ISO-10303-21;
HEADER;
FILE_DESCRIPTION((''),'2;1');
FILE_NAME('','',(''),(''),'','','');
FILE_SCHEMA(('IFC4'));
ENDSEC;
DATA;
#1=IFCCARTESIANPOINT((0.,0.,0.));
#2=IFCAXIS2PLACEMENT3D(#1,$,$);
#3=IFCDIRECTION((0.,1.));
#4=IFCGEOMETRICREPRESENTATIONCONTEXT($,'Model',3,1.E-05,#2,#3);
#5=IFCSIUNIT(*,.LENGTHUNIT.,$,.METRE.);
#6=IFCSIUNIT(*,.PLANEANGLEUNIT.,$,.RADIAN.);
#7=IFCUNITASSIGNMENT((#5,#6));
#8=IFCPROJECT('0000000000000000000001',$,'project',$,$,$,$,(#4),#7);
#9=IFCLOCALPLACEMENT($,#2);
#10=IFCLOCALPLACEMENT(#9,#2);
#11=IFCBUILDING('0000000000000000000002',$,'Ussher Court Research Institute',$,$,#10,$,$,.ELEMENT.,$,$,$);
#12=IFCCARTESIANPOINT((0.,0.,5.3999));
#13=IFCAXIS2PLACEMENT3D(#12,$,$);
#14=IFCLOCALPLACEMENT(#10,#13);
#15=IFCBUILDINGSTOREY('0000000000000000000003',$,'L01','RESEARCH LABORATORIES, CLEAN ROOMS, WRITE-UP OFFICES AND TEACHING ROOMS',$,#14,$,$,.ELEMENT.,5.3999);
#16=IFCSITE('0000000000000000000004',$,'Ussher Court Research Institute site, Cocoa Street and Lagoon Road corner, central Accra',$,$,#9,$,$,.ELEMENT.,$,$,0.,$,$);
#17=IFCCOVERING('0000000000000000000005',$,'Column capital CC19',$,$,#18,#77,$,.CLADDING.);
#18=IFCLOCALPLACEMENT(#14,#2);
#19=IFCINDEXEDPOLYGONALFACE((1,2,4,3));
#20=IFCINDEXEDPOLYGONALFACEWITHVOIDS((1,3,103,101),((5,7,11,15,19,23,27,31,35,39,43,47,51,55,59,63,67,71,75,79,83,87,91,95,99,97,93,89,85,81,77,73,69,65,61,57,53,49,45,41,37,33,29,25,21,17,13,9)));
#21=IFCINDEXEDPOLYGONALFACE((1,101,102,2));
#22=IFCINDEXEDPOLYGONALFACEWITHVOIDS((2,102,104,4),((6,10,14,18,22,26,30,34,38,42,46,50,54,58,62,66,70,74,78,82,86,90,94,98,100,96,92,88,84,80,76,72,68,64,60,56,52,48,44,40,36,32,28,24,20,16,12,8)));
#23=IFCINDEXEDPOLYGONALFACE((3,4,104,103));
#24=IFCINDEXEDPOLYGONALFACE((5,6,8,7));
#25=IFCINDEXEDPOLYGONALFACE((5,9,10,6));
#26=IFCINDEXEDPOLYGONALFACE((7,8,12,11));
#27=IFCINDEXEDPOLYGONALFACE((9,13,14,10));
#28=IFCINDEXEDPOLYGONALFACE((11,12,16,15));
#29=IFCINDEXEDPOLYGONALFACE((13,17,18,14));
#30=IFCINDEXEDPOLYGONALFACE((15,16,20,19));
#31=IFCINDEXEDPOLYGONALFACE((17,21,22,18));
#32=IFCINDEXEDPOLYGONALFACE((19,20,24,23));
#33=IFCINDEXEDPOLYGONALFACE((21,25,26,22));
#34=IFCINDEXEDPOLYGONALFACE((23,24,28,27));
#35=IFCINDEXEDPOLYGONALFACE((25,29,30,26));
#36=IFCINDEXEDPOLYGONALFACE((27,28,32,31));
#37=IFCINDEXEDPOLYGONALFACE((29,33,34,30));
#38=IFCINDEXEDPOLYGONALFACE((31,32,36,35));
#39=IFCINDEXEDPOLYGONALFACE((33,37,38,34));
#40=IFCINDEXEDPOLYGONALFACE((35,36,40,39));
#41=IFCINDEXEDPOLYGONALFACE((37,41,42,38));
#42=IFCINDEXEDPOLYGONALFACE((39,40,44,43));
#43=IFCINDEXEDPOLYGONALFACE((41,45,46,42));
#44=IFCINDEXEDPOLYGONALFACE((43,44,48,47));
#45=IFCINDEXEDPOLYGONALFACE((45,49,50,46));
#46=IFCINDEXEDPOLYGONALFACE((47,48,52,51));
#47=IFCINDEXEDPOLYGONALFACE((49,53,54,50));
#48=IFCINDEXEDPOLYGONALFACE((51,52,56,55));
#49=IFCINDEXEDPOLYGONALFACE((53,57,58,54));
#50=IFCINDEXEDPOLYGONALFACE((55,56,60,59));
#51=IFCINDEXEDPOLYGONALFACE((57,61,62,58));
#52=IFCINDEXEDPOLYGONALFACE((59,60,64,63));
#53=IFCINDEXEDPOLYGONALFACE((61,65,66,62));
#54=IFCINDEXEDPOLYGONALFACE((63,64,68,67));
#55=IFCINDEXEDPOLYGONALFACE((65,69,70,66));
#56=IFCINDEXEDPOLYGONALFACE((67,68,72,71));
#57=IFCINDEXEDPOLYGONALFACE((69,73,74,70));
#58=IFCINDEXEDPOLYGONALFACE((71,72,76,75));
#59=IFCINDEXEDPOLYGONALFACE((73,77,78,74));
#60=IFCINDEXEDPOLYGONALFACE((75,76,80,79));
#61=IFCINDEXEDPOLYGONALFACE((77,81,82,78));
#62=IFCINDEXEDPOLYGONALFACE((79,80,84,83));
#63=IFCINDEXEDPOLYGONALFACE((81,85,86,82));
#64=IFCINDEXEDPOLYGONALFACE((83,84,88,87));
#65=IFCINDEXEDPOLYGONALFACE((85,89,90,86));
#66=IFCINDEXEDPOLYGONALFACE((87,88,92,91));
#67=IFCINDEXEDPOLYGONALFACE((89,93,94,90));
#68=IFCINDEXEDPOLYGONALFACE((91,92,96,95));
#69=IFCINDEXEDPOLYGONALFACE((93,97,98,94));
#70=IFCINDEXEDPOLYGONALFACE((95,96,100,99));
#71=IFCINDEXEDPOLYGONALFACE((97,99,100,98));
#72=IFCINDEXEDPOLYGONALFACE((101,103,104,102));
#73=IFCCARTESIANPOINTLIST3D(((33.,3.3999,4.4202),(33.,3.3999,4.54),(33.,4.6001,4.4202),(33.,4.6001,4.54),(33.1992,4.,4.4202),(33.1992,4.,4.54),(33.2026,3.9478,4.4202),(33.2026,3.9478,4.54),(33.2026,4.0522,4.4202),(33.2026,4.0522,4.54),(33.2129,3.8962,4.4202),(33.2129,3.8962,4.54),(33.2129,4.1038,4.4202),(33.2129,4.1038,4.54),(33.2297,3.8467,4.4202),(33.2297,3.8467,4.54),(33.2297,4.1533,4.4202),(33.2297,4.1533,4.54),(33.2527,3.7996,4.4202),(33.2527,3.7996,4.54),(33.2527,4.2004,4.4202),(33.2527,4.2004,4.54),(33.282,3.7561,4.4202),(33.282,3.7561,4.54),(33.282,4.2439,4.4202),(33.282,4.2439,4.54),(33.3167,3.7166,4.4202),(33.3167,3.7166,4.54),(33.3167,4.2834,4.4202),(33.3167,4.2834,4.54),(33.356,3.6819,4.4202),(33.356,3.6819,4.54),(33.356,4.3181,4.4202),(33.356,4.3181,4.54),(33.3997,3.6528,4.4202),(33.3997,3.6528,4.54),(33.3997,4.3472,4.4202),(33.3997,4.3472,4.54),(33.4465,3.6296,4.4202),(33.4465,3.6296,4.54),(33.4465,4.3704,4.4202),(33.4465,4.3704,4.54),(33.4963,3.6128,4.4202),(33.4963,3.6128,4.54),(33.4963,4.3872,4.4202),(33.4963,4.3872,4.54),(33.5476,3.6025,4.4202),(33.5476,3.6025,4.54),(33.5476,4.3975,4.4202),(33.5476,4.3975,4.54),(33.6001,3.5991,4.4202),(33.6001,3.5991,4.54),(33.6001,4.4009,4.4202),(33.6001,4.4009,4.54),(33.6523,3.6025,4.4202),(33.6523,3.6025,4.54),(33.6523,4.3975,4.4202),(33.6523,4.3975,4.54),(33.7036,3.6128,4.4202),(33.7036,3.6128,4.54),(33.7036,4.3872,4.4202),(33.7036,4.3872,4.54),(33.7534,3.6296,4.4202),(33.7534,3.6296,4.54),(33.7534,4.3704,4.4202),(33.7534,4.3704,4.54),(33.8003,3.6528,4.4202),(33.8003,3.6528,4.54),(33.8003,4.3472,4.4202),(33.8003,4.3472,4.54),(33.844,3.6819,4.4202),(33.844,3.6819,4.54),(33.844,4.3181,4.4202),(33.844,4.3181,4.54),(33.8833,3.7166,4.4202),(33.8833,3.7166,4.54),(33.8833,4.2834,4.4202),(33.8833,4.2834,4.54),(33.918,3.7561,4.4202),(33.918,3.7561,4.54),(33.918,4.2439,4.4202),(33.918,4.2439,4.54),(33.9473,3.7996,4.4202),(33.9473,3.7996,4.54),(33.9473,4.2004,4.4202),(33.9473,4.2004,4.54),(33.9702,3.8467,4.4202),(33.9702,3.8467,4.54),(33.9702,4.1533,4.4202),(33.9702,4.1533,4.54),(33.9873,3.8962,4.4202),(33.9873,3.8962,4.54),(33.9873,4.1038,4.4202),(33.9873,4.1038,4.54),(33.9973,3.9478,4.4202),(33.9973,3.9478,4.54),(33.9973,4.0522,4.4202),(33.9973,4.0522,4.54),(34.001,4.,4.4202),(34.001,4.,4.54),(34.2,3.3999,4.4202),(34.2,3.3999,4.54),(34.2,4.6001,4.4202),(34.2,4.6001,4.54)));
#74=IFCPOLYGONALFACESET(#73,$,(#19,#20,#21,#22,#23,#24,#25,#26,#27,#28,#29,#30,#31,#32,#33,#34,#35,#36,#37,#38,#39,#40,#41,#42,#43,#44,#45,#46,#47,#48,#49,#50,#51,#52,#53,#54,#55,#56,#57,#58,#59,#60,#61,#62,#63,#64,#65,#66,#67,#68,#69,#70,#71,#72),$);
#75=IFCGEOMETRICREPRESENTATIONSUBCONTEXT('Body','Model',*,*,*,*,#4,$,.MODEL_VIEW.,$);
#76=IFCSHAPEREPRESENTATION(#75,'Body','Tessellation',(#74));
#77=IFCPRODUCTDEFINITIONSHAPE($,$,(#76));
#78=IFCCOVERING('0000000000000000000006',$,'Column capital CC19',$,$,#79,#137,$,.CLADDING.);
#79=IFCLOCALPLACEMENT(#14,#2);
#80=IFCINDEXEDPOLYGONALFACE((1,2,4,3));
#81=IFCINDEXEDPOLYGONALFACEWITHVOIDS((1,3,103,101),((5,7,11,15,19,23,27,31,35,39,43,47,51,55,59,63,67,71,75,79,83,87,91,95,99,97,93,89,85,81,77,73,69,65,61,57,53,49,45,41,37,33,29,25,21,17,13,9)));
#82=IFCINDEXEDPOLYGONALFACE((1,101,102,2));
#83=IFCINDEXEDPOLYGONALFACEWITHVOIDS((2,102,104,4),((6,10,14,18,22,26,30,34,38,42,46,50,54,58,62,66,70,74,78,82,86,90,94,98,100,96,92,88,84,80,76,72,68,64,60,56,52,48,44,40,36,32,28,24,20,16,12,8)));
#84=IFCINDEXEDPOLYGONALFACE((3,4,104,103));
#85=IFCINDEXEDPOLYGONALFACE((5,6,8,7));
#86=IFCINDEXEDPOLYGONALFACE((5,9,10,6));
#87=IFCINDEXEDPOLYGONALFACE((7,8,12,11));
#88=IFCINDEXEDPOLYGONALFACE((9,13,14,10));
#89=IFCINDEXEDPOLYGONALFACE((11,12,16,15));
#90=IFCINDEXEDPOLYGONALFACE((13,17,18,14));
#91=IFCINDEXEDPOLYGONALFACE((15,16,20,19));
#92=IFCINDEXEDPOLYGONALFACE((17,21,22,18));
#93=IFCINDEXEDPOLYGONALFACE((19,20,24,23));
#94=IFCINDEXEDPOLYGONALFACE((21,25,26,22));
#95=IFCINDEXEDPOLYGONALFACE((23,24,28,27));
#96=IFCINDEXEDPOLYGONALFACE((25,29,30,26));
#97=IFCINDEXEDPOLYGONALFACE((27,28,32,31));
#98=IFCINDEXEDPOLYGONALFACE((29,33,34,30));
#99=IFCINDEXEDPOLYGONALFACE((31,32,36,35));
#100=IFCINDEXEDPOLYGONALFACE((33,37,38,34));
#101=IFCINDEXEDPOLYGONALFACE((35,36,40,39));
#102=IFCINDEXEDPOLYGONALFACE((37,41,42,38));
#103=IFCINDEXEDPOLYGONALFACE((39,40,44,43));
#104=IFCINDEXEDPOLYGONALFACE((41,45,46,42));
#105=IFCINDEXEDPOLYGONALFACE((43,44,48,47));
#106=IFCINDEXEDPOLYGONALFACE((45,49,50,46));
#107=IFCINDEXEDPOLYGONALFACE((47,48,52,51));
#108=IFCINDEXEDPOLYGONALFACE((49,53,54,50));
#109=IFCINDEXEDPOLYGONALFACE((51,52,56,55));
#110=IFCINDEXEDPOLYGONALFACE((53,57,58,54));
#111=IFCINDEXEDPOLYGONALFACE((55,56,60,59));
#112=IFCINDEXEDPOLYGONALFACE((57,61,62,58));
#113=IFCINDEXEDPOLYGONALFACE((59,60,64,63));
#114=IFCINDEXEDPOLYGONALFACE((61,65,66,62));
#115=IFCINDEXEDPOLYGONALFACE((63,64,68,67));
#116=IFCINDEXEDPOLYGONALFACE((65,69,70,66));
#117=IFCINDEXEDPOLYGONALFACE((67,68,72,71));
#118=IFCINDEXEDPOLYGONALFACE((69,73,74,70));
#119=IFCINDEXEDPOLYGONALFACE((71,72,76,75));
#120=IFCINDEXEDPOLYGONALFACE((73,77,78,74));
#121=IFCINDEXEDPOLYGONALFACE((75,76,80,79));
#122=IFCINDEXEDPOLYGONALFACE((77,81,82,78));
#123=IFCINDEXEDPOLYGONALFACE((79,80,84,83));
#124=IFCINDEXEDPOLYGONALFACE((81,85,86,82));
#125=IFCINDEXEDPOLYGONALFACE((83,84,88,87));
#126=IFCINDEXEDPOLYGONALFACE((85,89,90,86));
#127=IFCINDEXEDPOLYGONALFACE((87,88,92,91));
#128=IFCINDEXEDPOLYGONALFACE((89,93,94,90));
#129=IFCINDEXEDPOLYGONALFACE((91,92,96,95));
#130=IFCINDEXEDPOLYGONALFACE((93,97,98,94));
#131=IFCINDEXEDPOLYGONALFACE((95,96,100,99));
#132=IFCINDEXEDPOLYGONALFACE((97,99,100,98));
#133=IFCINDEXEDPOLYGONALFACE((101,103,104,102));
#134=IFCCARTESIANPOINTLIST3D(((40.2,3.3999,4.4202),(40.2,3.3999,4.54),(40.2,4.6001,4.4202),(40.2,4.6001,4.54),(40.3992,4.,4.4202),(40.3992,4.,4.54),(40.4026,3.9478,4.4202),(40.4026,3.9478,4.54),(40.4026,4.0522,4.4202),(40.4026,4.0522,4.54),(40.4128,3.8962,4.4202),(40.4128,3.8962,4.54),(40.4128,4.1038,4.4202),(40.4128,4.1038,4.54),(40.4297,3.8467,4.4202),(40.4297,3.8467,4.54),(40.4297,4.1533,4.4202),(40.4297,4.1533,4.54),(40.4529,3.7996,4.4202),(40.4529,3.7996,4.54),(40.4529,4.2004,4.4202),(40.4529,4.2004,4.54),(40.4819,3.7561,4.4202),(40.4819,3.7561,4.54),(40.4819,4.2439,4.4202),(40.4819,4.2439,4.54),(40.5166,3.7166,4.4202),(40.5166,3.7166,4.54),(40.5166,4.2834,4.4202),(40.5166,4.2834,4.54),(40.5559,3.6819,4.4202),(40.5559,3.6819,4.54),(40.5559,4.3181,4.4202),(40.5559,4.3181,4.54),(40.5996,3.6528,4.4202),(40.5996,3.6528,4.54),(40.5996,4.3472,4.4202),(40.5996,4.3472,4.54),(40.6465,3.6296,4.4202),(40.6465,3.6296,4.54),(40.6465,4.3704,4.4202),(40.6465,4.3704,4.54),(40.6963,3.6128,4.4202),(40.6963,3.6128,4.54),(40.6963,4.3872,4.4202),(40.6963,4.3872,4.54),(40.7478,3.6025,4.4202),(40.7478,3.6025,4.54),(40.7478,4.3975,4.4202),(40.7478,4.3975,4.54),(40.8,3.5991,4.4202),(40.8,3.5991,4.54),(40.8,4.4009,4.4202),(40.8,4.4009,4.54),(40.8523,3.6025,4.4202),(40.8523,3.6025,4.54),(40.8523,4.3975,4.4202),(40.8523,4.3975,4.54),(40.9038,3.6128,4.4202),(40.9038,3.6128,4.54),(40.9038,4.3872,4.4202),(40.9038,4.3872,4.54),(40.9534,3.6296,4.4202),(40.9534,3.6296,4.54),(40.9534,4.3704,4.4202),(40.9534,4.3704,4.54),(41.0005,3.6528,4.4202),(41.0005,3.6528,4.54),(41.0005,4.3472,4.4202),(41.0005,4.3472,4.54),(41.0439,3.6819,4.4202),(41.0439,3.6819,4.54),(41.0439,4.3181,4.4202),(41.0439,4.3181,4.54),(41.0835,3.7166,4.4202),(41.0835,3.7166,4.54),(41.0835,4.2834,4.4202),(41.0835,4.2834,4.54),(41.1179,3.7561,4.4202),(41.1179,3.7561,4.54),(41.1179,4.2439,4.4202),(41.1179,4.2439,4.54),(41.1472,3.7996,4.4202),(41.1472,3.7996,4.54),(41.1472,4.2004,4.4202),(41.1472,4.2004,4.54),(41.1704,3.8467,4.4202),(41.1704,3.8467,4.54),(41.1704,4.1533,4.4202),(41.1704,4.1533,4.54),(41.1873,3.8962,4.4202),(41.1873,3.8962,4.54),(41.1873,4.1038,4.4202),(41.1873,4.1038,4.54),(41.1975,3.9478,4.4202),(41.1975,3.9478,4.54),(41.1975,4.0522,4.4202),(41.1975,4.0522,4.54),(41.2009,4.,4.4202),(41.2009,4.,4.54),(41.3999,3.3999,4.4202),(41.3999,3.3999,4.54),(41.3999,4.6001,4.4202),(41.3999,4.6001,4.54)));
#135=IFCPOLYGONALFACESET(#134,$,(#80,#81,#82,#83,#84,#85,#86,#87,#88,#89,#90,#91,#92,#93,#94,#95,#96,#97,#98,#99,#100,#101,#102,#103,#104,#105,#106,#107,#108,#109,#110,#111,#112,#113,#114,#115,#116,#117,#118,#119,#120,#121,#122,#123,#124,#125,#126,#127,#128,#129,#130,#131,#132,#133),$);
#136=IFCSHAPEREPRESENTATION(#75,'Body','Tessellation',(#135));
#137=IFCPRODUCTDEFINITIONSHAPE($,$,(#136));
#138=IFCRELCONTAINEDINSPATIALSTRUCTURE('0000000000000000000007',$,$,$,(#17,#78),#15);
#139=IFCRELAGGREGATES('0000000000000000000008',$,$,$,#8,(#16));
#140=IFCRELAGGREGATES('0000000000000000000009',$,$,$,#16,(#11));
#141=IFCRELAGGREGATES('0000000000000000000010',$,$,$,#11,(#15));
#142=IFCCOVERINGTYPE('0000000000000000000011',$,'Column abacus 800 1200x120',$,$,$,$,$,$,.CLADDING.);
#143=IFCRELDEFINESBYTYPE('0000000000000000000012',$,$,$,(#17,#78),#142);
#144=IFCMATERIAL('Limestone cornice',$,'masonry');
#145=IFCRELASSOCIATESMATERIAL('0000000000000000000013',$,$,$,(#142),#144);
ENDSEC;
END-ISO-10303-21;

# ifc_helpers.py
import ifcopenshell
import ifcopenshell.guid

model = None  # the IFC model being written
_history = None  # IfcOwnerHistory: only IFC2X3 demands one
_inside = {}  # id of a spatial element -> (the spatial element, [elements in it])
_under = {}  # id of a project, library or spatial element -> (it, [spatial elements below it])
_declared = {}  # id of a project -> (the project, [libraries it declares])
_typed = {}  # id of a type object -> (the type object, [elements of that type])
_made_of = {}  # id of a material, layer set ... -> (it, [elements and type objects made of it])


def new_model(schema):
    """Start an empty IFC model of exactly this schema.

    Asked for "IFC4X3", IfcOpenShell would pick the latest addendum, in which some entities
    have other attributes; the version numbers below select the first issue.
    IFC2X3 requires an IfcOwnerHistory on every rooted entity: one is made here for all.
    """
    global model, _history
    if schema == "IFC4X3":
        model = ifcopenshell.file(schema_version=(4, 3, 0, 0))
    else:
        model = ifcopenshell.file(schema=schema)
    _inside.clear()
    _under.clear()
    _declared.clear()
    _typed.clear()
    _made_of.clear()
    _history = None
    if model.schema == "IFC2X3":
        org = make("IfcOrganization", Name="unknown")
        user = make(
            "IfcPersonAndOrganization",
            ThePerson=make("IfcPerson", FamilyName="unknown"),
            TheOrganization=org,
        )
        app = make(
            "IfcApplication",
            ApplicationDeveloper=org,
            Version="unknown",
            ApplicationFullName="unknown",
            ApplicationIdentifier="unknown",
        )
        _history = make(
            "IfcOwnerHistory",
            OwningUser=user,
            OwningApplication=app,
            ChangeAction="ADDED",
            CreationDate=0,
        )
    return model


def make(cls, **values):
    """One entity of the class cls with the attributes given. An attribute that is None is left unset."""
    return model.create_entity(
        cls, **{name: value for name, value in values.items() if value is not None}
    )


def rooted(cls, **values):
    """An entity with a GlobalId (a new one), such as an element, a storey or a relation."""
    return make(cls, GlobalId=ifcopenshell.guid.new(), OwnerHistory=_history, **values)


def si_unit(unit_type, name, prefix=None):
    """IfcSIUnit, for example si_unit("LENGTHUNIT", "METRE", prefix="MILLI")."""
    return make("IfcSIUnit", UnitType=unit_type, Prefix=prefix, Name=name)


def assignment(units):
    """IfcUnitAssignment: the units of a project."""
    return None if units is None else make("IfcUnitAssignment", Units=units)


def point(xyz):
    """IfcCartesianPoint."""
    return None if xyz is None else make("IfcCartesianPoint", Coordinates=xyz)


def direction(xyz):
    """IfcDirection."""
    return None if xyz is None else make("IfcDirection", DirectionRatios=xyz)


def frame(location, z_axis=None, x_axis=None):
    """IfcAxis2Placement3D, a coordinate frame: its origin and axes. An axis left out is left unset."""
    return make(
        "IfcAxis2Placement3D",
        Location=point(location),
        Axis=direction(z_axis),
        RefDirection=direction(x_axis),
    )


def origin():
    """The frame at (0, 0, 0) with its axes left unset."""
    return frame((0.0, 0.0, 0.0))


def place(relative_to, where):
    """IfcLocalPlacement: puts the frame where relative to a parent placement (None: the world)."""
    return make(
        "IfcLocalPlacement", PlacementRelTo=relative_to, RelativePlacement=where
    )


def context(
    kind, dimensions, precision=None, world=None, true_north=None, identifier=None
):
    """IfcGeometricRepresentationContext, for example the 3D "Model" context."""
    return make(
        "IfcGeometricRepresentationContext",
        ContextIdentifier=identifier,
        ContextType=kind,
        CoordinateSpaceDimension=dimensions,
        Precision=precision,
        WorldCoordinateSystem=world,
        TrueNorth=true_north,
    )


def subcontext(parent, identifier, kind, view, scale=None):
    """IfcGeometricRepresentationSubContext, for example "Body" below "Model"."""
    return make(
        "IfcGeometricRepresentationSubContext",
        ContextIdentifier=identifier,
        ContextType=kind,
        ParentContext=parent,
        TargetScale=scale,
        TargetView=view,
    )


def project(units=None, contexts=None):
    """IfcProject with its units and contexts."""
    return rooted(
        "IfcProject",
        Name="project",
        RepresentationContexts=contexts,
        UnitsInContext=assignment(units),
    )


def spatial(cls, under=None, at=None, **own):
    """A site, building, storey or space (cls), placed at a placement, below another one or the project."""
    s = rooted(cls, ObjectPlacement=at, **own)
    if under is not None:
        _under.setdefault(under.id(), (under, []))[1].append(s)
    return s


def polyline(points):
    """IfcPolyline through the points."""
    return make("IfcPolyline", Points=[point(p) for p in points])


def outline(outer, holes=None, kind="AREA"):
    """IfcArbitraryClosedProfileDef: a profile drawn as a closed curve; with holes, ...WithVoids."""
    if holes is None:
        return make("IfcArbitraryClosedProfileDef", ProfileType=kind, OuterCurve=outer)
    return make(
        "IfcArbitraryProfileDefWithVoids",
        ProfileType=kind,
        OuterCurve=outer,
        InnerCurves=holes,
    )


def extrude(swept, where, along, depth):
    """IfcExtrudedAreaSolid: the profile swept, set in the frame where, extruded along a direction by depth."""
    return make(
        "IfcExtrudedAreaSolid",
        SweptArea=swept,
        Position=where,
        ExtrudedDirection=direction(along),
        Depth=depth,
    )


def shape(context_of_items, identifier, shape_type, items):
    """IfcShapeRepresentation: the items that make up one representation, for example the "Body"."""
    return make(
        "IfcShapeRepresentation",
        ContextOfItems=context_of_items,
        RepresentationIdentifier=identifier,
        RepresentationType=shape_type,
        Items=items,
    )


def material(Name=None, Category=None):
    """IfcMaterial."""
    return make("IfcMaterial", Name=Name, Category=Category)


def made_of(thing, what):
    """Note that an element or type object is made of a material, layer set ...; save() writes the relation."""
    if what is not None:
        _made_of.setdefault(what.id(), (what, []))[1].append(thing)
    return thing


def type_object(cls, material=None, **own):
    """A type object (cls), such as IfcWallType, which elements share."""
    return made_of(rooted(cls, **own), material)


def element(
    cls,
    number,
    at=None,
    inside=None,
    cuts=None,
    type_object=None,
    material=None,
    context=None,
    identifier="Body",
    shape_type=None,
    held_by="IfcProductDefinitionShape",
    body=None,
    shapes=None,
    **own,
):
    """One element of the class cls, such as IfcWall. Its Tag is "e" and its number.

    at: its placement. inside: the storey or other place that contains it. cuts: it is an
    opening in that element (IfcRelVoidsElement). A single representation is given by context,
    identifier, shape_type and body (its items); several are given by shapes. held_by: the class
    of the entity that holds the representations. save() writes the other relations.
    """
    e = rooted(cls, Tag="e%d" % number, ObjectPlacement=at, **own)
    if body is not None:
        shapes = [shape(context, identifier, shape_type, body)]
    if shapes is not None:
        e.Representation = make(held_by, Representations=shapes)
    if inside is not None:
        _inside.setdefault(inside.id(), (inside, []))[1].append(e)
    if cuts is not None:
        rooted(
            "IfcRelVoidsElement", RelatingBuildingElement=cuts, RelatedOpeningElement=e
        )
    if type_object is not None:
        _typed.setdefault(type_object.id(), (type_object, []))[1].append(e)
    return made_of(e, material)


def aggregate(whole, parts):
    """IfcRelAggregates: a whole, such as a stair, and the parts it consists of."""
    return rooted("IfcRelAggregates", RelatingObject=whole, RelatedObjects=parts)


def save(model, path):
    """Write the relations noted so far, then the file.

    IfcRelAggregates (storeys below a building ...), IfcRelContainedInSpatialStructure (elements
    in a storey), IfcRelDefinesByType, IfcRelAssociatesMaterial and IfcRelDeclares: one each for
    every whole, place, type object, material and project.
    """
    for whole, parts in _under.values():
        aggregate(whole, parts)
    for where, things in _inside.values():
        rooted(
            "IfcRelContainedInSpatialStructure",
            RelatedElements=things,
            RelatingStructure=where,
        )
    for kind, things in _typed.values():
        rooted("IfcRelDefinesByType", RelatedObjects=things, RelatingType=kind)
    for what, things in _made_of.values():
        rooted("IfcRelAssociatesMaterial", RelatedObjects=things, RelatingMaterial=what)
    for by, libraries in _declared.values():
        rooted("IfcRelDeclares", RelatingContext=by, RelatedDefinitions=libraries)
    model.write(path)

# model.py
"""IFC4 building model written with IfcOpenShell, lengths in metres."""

from ifc_helpers import new_model, si_unit, direction, frame, origin, place, context, subcontext, project, spatial, polyline, outline, extrude, material, type_object, element, save


model = new_model("IFC4")

# Units and contexts
model_context = context("Model", 3, precision=1e-05, world=origin(), true_north=direction((0.0, 1.0)))
body_context = subcontext(model_context, "Body", "Model", "MODEL_VIEW")
ifc_project = project(units=[si_unit("LENGTHUNIT", "METRE"), si_unit("PLANEANGLEUNIT", "RADIAN")], contexts=[model_context])

# Site, building, storey
site_placement = place(None, origin())
site = spatial("IfcSite", under=ifc_project, at=site_placement, Name="Ussher Court Research Institute site, Cocoa Street and Lagoon Road corner, central Accra", CompositionType="ELEMENT", RefElevation=0.0)
building_placement = place(site_placement, origin())
building = spatial("IfcBuilding", under=site, at=building_placement, Name="Ussher Court Research Institute", CompositionType="ELEMENT")
storey_placement = place(building_placement, frame((0.0, 0.0, 5.3999)))
storey = spatial("IfcBuildingStorey", under=building, at=storey_placement, Name="L01", Description="RESEARCH LABORATORIES, CLEAN ROOMS, WRITE-UP OFFICES AND TEACHING ROOMS", CompositionType="ELEMENT", Elevation=5.3999)

# Coverings
ifc_material_1 = material(Name="Limestone cornice", Category="masonry")
covering_type_1 = type_object("IfcCoveringType", Name="Column abacus 800 1200x120", PredefinedType="CLADDING", material=ifc_material_1)
covering_1_placement = place(storey_placement, frame((0.0, 0.0, 4.4202)))
element("IfcCovering", 1, at=covering_1_placement, inside=storey, type_object=covering_type_1, Name="Column capital CC19", PredefinedType="CLADDING", context=body_context, shape_type="SweptSolid", body=[
    extrude(outline(polyline([(34.2, 3.3999), (34.2, 4.6001), (33.0, 4.6001), (33.0, 3.3999), (34.2, 3.3999)]), holes=[polyline([(34.001, 4.0), (33.9973, 4.0522), (33.9873, 4.1038), (33.9702, 4.1533), (33.9473, 4.2004), (33.918, 4.2439), (33.8833, 4.2834), (33.844, 4.3181), (33.8003, 4.3472), (33.7534, 4.3704), (33.7036, 4.3872), (33.6523, 4.3975), (33.6001, 4.4009), (33.5476, 4.3975), (33.4963, 4.3872), (33.4465, 4.3704), (33.3997, 4.3472), (33.356, 4.3181), (33.3167, 4.2834), (33.282, 4.2439), (33.2527, 4.2004), (33.2297, 4.1533), (33.2129, 4.1038), (33.2026, 4.0522), (33.1992, 4.0), (33.2026, 3.9478), (33.2129, 3.8962), (33.2297, 3.8467), (33.2527, 3.7996), (33.282, 3.7561), (33.3167, 3.7166), (33.356, 3.6819), (33.3997, 3.6528), (33.4465, 3.6296), (33.4963, 3.6128), (33.5476, 3.6025), (33.6001, 3.5991), (33.6523, 3.6025), (33.7036, 3.6128), (33.7534, 3.6296), (33.8003, 3.6528), (33.844, 3.6819), (33.8833, 3.7166), (33.918, 3.7561), (33.9473, 3.7996), (33.9702, 3.8467), (33.9873, 3.8962), (33.9973, 3.9478), (34.001, 4.0)])]), origin(), (0.0, 0.0, 1.0), 0.1199),
])
covering_2_placement = place(storey_placement, frame((0.0, 0.0, 4.4202)))
element("IfcCovering", 2, at=covering_2_placement, inside=storey, type_object=covering_type_1, Name="Column capital CC19", PredefinedType="CLADDING", context=body_context, shape_type="SweptSolid", body=[
    extrude(outline(polyline([(41.3999, 3.3999), (41.3999, 4.6001), (40.2, 4.6001), (40.2, 3.3999), (41.3999, 3.3999)]), holes=[polyline([(41.2009, 4.0), (41.1975, 4.0522), (41.1873, 4.1038), (41.1704, 4.1533), (41.1472, 4.2004), (41.1179, 4.2439), (41.0835, 4.2834), (41.0439, 4.3181), (41.0005, 4.3472), (40.9534, 4.3704), (40.9038, 4.3872), (40.8523, 4.3975), (40.8, 4.4009), (40.7478, 4.3975), (40.6963, 4.3872), (40.6465, 4.3704), (40.5996, 4.3472), (40.5559, 4.3181), (40.5166, 4.2834), (40.4819, 4.2439), (40.4529, 4.2004), (40.4297, 4.1533), (40.4128, 4.1038), (40.4026, 4.0522), (40.3992, 4.0), (40.4026, 3.9478), (40.4128, 3.8962), (40.4297, 3.8467), (40.4529, 3.7996), (40.4819, 3.7561), (40.5166, 3.7166), (40.5559, 3.6819), (40.5996, 3.6528), (40.6465, 3.6296), (40.6963, 3.6128), (40.7478, 3.6025), (40.8, 3.5991), (40.8523, 3.6025), (40.9038, 3.6128), (40.9534, 3.6296), (41.0005, 3.6528), (41.0439, 3.6819), (41.0835, 3.7166), (41.1179, 3.7561), (41.1472, 3.7996), (41.1704, 3.8467), (41.1873, 3.8962), (41.1975, 3.9478), (41.2009, 4.0)])]), origin(), (0.0, 0.0, 1.0), 0.1199),
])

save(model, "model.ifc")
